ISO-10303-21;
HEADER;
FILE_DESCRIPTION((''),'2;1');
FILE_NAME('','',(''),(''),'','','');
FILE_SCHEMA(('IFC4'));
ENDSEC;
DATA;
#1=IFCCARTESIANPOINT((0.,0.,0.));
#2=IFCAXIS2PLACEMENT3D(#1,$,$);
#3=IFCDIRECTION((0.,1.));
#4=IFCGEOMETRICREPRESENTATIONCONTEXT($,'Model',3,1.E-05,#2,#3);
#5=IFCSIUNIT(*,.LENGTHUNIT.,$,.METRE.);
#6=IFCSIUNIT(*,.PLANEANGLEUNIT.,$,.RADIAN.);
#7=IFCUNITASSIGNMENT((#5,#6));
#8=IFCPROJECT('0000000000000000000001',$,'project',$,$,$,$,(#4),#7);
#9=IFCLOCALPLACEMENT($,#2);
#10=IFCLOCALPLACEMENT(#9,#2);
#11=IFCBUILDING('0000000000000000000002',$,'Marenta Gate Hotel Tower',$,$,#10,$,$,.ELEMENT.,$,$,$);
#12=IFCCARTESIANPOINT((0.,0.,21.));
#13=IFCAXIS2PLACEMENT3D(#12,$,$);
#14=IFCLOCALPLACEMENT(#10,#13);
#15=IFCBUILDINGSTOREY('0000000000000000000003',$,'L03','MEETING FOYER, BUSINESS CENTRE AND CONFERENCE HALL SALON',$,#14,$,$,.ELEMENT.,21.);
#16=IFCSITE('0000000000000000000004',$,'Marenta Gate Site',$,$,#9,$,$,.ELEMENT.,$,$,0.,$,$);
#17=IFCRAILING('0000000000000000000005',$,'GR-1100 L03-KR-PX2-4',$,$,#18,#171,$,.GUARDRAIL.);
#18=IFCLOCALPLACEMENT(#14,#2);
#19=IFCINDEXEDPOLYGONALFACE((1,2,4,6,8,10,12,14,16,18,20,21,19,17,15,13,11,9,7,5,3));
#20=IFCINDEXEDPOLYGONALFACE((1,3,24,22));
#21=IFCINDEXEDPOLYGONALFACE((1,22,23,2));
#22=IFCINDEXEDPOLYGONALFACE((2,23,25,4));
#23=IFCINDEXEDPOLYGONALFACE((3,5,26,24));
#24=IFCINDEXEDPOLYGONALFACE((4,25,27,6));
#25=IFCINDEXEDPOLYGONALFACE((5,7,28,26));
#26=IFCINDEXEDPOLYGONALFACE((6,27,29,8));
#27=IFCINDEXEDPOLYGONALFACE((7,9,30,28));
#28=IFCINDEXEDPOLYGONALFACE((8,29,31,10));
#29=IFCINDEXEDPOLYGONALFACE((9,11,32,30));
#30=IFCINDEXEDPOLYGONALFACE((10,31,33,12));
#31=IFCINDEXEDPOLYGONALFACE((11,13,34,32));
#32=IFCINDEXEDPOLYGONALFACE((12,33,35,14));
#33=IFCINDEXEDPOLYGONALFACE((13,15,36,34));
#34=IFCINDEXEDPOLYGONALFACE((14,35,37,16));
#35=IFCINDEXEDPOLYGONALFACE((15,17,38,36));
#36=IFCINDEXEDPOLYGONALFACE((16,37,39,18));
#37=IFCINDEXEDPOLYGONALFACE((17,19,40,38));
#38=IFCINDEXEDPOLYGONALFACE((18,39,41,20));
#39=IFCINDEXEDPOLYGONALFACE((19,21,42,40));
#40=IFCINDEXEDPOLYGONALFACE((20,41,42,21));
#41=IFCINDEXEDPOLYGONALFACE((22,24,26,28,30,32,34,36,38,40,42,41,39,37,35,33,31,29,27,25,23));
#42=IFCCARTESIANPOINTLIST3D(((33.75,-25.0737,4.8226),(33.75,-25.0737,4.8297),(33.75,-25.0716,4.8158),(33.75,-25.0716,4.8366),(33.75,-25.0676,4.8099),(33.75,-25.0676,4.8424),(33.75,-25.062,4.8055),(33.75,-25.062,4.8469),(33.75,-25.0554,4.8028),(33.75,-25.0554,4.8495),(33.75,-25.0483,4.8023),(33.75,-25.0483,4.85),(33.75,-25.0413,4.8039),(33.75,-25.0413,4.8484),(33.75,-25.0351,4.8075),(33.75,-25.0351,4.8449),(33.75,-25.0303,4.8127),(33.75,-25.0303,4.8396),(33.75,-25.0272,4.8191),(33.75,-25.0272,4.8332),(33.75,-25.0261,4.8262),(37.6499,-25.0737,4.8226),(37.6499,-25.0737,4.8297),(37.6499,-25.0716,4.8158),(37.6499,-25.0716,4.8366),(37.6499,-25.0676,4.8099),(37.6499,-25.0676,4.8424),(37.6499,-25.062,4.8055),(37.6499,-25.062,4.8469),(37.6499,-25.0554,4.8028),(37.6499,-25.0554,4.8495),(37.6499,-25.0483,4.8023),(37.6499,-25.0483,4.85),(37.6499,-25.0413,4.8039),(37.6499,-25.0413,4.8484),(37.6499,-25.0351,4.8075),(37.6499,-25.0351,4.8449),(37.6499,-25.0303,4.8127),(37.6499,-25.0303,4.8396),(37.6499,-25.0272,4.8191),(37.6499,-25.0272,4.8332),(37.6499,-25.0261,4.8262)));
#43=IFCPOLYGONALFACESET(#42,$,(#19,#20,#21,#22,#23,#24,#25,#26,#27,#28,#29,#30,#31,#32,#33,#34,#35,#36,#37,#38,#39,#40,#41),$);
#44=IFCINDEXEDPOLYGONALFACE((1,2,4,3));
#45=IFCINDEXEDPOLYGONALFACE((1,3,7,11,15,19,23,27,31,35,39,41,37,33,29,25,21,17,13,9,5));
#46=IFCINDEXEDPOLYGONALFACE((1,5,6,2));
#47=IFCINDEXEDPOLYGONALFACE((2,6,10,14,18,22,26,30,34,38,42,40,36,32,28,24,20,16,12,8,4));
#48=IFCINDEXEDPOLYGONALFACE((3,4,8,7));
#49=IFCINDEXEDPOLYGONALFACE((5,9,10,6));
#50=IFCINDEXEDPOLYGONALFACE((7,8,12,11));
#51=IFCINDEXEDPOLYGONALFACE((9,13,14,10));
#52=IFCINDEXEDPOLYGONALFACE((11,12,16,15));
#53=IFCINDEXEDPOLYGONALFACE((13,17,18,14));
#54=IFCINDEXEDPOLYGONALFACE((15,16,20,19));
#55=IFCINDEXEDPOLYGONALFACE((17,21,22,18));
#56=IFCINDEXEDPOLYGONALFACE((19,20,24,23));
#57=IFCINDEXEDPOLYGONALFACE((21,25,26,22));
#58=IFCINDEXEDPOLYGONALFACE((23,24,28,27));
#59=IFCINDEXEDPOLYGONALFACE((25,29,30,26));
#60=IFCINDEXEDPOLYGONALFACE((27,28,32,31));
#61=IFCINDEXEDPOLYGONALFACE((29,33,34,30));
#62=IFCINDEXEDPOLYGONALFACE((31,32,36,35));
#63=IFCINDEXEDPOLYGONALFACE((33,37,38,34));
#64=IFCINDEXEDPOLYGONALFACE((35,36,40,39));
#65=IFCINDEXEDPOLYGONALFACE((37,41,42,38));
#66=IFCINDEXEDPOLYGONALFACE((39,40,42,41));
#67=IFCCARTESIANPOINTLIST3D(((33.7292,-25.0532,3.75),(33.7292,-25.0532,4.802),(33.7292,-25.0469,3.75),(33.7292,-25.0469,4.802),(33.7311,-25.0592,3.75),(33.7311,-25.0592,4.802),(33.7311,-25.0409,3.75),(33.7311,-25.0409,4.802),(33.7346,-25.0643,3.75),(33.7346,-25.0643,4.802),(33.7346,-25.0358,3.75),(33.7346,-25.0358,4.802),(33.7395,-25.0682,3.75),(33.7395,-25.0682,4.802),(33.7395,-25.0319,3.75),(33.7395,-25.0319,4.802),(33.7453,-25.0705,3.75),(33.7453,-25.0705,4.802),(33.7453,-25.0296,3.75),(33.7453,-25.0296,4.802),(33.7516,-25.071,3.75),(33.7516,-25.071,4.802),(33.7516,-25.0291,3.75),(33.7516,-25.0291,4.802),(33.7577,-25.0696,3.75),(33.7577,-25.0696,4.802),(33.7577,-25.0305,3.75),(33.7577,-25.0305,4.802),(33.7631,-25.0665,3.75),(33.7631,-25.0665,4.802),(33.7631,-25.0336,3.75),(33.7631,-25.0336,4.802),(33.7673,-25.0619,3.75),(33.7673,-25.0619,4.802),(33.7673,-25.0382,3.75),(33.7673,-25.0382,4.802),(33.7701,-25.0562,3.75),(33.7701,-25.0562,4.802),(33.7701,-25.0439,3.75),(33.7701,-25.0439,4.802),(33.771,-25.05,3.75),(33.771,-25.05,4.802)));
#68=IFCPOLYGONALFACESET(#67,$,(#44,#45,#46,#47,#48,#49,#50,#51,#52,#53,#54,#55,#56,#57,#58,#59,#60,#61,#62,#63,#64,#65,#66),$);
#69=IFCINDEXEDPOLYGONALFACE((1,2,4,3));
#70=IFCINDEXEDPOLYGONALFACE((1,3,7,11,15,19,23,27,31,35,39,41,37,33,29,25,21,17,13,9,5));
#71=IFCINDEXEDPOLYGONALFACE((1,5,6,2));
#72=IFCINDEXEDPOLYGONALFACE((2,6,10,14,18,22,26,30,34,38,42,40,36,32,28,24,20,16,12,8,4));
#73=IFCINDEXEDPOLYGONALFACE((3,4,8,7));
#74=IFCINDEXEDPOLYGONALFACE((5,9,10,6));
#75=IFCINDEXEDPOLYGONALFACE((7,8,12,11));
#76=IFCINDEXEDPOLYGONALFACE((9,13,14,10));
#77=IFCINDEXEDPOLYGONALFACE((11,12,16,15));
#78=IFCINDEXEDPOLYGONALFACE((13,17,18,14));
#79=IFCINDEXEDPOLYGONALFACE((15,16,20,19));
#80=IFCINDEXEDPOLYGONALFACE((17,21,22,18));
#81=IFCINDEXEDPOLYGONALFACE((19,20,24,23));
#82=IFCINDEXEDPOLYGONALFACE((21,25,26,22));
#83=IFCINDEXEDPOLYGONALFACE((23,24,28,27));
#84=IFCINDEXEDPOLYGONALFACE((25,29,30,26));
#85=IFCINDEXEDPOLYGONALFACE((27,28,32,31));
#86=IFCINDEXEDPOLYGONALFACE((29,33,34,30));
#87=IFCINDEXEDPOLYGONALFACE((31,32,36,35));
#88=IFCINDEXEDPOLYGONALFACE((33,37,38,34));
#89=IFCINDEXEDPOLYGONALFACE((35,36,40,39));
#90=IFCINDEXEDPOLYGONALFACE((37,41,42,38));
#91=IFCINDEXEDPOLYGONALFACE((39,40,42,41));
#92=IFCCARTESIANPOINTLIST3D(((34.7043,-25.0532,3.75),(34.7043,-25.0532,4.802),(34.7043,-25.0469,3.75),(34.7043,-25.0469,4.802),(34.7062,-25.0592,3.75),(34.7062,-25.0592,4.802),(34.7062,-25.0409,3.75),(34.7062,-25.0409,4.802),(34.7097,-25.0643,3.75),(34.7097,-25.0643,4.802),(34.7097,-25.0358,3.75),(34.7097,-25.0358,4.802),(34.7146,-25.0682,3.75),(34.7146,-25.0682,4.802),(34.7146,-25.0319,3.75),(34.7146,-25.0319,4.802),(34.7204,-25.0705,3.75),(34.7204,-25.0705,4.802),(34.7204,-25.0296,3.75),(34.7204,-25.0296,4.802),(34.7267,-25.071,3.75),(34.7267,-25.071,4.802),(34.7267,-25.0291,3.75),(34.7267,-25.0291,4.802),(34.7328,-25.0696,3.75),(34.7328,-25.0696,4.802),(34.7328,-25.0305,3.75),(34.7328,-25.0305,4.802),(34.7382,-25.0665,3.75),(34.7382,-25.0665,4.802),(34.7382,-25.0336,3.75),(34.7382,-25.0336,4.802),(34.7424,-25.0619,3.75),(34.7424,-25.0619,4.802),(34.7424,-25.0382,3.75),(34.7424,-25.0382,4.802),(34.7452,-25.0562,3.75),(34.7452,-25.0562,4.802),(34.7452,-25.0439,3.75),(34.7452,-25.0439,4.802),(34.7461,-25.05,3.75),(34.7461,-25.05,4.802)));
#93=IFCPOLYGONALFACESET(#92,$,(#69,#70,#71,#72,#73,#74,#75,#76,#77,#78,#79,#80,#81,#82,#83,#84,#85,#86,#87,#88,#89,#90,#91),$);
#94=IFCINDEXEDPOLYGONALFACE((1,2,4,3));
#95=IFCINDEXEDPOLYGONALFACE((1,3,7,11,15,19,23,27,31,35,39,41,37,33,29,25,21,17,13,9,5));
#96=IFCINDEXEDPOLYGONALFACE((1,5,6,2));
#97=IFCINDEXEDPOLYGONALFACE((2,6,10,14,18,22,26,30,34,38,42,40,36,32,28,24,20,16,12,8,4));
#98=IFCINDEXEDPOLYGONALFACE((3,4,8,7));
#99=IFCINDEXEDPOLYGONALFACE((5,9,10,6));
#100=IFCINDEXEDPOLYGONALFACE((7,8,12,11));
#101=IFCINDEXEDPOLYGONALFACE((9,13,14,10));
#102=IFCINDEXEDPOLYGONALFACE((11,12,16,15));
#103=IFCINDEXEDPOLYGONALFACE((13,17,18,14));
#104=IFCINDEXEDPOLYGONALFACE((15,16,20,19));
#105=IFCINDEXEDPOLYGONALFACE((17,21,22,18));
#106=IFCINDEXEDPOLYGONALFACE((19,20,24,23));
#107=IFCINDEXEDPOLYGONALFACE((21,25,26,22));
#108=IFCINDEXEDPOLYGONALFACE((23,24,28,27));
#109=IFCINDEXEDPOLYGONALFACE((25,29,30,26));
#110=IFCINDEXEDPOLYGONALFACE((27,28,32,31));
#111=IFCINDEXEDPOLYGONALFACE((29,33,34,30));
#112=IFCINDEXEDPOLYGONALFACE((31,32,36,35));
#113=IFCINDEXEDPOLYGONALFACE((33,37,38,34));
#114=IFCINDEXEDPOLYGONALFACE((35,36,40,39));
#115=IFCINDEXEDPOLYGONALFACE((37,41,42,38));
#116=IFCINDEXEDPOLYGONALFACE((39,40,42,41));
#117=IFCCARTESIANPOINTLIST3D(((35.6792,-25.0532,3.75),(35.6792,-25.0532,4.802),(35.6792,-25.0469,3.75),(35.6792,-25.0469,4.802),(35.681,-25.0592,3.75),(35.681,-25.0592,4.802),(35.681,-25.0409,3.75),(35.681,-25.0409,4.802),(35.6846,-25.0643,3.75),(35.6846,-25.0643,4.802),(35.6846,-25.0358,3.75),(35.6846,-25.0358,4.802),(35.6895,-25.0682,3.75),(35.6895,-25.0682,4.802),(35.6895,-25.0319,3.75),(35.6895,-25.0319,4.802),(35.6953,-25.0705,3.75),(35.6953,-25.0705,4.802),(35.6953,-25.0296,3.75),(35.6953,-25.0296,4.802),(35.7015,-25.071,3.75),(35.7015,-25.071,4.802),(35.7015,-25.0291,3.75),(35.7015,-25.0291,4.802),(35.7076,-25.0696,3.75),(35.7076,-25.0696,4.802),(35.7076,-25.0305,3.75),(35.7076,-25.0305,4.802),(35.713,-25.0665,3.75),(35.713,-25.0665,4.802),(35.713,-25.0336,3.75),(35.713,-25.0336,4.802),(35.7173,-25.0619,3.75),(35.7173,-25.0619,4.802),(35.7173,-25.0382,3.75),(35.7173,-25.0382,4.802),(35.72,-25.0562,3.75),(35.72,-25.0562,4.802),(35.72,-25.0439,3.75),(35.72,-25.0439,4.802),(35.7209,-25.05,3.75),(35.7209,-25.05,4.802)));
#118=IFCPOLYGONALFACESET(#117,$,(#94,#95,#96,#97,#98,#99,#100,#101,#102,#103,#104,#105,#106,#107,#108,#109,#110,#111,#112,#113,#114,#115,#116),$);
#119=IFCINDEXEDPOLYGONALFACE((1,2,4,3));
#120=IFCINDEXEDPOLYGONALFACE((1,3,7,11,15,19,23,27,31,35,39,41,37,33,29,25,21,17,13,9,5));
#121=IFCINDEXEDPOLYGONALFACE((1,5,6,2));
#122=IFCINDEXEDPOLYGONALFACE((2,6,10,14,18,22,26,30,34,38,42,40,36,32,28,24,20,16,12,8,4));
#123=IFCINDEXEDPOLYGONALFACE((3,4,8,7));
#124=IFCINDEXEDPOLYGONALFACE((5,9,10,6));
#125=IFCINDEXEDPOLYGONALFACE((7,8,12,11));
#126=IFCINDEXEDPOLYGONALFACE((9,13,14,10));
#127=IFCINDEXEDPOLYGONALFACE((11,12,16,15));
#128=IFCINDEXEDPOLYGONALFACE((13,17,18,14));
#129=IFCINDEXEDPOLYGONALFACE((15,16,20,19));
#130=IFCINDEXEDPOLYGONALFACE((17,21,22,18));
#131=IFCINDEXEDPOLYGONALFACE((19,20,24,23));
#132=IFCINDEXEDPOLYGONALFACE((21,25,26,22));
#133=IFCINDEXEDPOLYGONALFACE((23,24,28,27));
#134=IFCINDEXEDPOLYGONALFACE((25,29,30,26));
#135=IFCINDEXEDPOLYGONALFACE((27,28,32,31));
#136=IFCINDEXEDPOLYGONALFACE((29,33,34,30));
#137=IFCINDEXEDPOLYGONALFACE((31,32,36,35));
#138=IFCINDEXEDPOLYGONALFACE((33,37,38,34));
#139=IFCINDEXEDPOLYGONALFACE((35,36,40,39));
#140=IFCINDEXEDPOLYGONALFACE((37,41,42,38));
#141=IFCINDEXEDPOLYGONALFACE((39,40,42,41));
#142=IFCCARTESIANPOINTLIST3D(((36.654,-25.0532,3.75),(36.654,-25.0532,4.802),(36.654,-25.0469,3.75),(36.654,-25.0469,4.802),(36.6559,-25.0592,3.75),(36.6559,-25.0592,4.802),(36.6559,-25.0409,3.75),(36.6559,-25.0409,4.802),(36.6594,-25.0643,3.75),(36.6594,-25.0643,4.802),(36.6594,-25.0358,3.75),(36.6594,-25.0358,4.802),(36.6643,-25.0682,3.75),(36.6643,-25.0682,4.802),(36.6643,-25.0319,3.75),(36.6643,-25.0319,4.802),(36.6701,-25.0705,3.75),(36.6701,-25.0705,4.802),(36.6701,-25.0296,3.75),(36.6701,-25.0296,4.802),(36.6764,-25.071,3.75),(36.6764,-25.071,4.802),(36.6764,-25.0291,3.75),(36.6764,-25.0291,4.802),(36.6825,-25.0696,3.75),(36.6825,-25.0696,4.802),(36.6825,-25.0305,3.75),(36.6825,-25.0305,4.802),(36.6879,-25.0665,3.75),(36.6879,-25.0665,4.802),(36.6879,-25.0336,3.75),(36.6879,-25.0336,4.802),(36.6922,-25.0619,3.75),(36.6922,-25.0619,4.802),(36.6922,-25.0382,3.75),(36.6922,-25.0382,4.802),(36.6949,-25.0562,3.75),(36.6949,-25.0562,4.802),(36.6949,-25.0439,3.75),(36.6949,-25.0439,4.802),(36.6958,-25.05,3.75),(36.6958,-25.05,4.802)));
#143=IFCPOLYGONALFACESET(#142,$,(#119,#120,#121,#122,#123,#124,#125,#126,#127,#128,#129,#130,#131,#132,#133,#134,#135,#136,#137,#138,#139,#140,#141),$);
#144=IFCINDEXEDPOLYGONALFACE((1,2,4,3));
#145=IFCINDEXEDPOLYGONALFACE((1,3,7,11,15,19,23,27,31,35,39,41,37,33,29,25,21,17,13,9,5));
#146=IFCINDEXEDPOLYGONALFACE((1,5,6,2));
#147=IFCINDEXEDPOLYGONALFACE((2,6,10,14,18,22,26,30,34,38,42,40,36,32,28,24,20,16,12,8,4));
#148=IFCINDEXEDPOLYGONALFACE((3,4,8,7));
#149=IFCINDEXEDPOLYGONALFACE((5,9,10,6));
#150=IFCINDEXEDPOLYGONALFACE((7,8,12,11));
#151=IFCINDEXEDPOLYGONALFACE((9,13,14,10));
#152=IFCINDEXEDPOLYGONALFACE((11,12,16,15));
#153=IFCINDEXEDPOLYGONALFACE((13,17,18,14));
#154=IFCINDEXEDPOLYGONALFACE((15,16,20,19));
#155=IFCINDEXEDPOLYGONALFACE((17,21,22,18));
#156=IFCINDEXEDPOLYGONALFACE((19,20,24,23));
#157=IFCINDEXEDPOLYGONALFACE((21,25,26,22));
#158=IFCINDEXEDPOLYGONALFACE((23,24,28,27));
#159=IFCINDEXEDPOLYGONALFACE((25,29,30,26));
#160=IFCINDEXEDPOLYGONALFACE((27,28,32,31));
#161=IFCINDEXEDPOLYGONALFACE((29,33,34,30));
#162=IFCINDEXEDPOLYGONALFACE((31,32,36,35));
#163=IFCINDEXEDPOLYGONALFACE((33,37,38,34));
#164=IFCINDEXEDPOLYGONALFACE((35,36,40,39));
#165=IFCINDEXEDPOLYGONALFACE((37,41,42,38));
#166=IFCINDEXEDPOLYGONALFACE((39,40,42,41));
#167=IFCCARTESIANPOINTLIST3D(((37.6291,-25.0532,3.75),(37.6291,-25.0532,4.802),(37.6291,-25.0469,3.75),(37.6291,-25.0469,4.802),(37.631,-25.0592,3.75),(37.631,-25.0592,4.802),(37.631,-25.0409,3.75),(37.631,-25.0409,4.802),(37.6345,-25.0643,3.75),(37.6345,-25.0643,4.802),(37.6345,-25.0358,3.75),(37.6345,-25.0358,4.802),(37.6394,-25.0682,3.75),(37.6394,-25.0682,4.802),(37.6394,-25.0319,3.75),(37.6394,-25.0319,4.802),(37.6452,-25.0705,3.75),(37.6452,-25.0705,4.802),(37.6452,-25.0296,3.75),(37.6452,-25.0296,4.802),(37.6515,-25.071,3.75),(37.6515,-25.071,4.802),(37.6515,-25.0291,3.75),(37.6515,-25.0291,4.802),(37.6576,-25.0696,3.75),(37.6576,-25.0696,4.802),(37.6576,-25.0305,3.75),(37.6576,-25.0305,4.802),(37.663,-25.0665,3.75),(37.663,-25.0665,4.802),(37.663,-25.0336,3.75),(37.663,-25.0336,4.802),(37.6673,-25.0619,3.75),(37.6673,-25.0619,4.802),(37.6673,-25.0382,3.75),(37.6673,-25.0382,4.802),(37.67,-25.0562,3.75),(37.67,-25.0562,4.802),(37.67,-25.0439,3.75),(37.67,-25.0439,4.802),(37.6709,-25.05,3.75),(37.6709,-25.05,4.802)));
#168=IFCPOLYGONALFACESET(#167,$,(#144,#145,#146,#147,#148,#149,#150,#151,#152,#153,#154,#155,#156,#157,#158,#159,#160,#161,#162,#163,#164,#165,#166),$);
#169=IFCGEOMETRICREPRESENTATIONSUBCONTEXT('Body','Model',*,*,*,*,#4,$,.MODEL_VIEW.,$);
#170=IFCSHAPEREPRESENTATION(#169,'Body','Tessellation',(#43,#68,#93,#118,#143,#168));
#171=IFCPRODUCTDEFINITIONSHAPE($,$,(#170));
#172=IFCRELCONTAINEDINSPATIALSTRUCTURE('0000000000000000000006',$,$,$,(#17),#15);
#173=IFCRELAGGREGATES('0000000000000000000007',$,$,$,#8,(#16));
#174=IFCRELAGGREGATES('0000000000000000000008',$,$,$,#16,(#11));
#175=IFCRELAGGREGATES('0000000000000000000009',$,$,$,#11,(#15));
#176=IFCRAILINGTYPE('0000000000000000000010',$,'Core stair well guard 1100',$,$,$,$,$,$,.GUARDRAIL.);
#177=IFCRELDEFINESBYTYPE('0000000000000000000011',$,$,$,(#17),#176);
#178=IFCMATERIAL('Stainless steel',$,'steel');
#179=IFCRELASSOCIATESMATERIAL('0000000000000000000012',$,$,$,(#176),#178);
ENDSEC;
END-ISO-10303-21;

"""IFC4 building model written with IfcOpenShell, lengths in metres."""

from ifc_helpers import new_model, si_unit, direction, frame, origin, origin_2d, place, context, subcontext, project, spatial, circle, extrude, material, type_object, element, save


model = new_model("IFC4")

# Units and contexts
model_context = context("Model", 3, precision=1e-05, world=origin(), true_north=direction((0.0, 1.0)))
body_context = subcontext(model_context, "Body", "Model", "MODEL_VIEW")
ifc_project = project(units=[si_unit("LENGTHUNIT", "METRE"), si_unit("PLANEANGLEUNIT", "RADIAN")], contexts=[model_context])

# Site, building, storey
site_placement = place(None, origin())
site = spatial("IfcSite", under=ifc_project, at=site_placement, Name="Marenta Gate Site", CompositionType="ELEMENT", RefElevation=0.0)
building_placement = place(site_placement, origin())
building = spatial("IfcBuilding", under=site, at=building_placement, Name="Marenta Gate Hotel Tower", CompositionType="ELEMENT")
storey_placement = place(building_placement, frame((0.0, 0.0, 21.0)))
storey = spatial("IfcBuildingStorey", under=building, at=storey_placement, Name="L03", Description="MEETING FOYER, BUSINESS CENTRE AND CONFERENCE HALL SALON", CompositionType="ELEMENT", Elevation=21.0)

# Railing
ifc_material_1 = material(Name="Stainless steel", Category="steel")
railing_type = type_object("IfcRailingType", Name="Core stair well guard 1100", PredefinedType="GUARDRAIL", material=ifc_material_1)
for number, where, name in (
    (1, (33.75, -25.05, 3.75), "GR-1100 L03-KR-PX2-4"),
):
    element("IfcRailing", number, at=place(storey_placement, frame(where)), inside=storey, type_object=railing_type, Name=name, PredefinedType="GUARDRAIL", context=body_context, shape_type="SweptSolid", body=[
        extrude(circle(Radius=0.0239, at=origin_2d()), frame((0.0, 0.0, 1.0762), z_axis=(1.0, 0.0, 0.0), x_axis=(0.0, 1.0, 0.0)), (0.0, 0.0, 1.0), 3.8999),
        extrude(circle(Radius=0.021, at=origin_2d()), origin(), (0.0, 0.0, 1.0), 1.052),
        extrude(circle(Radius=0.021, at=origin_2d()), frame((0.9751, 0.0, 0.0)), (0.0, 0.0, 1.0), 1.052),
        extrude(circle(Radius=0.021, at=origin_2d()), frame((1.95, 0.0, 0.0)), (0.0, 0.0, 1.0), 1.052),
        extrude(circle(Radius=0.021, at=origin_2d()), frame((2.9248, 0.0, 0.0)), (0.0, 0.0, 1.0), 1.052),
        extrude(circle(Radius=0.021, at=origin_2d()), frame((3.8999, 0.0, 0.0)), (0.0, 0.0, 1.0), 1.052),
    ])

save(model, "model.ifc")
